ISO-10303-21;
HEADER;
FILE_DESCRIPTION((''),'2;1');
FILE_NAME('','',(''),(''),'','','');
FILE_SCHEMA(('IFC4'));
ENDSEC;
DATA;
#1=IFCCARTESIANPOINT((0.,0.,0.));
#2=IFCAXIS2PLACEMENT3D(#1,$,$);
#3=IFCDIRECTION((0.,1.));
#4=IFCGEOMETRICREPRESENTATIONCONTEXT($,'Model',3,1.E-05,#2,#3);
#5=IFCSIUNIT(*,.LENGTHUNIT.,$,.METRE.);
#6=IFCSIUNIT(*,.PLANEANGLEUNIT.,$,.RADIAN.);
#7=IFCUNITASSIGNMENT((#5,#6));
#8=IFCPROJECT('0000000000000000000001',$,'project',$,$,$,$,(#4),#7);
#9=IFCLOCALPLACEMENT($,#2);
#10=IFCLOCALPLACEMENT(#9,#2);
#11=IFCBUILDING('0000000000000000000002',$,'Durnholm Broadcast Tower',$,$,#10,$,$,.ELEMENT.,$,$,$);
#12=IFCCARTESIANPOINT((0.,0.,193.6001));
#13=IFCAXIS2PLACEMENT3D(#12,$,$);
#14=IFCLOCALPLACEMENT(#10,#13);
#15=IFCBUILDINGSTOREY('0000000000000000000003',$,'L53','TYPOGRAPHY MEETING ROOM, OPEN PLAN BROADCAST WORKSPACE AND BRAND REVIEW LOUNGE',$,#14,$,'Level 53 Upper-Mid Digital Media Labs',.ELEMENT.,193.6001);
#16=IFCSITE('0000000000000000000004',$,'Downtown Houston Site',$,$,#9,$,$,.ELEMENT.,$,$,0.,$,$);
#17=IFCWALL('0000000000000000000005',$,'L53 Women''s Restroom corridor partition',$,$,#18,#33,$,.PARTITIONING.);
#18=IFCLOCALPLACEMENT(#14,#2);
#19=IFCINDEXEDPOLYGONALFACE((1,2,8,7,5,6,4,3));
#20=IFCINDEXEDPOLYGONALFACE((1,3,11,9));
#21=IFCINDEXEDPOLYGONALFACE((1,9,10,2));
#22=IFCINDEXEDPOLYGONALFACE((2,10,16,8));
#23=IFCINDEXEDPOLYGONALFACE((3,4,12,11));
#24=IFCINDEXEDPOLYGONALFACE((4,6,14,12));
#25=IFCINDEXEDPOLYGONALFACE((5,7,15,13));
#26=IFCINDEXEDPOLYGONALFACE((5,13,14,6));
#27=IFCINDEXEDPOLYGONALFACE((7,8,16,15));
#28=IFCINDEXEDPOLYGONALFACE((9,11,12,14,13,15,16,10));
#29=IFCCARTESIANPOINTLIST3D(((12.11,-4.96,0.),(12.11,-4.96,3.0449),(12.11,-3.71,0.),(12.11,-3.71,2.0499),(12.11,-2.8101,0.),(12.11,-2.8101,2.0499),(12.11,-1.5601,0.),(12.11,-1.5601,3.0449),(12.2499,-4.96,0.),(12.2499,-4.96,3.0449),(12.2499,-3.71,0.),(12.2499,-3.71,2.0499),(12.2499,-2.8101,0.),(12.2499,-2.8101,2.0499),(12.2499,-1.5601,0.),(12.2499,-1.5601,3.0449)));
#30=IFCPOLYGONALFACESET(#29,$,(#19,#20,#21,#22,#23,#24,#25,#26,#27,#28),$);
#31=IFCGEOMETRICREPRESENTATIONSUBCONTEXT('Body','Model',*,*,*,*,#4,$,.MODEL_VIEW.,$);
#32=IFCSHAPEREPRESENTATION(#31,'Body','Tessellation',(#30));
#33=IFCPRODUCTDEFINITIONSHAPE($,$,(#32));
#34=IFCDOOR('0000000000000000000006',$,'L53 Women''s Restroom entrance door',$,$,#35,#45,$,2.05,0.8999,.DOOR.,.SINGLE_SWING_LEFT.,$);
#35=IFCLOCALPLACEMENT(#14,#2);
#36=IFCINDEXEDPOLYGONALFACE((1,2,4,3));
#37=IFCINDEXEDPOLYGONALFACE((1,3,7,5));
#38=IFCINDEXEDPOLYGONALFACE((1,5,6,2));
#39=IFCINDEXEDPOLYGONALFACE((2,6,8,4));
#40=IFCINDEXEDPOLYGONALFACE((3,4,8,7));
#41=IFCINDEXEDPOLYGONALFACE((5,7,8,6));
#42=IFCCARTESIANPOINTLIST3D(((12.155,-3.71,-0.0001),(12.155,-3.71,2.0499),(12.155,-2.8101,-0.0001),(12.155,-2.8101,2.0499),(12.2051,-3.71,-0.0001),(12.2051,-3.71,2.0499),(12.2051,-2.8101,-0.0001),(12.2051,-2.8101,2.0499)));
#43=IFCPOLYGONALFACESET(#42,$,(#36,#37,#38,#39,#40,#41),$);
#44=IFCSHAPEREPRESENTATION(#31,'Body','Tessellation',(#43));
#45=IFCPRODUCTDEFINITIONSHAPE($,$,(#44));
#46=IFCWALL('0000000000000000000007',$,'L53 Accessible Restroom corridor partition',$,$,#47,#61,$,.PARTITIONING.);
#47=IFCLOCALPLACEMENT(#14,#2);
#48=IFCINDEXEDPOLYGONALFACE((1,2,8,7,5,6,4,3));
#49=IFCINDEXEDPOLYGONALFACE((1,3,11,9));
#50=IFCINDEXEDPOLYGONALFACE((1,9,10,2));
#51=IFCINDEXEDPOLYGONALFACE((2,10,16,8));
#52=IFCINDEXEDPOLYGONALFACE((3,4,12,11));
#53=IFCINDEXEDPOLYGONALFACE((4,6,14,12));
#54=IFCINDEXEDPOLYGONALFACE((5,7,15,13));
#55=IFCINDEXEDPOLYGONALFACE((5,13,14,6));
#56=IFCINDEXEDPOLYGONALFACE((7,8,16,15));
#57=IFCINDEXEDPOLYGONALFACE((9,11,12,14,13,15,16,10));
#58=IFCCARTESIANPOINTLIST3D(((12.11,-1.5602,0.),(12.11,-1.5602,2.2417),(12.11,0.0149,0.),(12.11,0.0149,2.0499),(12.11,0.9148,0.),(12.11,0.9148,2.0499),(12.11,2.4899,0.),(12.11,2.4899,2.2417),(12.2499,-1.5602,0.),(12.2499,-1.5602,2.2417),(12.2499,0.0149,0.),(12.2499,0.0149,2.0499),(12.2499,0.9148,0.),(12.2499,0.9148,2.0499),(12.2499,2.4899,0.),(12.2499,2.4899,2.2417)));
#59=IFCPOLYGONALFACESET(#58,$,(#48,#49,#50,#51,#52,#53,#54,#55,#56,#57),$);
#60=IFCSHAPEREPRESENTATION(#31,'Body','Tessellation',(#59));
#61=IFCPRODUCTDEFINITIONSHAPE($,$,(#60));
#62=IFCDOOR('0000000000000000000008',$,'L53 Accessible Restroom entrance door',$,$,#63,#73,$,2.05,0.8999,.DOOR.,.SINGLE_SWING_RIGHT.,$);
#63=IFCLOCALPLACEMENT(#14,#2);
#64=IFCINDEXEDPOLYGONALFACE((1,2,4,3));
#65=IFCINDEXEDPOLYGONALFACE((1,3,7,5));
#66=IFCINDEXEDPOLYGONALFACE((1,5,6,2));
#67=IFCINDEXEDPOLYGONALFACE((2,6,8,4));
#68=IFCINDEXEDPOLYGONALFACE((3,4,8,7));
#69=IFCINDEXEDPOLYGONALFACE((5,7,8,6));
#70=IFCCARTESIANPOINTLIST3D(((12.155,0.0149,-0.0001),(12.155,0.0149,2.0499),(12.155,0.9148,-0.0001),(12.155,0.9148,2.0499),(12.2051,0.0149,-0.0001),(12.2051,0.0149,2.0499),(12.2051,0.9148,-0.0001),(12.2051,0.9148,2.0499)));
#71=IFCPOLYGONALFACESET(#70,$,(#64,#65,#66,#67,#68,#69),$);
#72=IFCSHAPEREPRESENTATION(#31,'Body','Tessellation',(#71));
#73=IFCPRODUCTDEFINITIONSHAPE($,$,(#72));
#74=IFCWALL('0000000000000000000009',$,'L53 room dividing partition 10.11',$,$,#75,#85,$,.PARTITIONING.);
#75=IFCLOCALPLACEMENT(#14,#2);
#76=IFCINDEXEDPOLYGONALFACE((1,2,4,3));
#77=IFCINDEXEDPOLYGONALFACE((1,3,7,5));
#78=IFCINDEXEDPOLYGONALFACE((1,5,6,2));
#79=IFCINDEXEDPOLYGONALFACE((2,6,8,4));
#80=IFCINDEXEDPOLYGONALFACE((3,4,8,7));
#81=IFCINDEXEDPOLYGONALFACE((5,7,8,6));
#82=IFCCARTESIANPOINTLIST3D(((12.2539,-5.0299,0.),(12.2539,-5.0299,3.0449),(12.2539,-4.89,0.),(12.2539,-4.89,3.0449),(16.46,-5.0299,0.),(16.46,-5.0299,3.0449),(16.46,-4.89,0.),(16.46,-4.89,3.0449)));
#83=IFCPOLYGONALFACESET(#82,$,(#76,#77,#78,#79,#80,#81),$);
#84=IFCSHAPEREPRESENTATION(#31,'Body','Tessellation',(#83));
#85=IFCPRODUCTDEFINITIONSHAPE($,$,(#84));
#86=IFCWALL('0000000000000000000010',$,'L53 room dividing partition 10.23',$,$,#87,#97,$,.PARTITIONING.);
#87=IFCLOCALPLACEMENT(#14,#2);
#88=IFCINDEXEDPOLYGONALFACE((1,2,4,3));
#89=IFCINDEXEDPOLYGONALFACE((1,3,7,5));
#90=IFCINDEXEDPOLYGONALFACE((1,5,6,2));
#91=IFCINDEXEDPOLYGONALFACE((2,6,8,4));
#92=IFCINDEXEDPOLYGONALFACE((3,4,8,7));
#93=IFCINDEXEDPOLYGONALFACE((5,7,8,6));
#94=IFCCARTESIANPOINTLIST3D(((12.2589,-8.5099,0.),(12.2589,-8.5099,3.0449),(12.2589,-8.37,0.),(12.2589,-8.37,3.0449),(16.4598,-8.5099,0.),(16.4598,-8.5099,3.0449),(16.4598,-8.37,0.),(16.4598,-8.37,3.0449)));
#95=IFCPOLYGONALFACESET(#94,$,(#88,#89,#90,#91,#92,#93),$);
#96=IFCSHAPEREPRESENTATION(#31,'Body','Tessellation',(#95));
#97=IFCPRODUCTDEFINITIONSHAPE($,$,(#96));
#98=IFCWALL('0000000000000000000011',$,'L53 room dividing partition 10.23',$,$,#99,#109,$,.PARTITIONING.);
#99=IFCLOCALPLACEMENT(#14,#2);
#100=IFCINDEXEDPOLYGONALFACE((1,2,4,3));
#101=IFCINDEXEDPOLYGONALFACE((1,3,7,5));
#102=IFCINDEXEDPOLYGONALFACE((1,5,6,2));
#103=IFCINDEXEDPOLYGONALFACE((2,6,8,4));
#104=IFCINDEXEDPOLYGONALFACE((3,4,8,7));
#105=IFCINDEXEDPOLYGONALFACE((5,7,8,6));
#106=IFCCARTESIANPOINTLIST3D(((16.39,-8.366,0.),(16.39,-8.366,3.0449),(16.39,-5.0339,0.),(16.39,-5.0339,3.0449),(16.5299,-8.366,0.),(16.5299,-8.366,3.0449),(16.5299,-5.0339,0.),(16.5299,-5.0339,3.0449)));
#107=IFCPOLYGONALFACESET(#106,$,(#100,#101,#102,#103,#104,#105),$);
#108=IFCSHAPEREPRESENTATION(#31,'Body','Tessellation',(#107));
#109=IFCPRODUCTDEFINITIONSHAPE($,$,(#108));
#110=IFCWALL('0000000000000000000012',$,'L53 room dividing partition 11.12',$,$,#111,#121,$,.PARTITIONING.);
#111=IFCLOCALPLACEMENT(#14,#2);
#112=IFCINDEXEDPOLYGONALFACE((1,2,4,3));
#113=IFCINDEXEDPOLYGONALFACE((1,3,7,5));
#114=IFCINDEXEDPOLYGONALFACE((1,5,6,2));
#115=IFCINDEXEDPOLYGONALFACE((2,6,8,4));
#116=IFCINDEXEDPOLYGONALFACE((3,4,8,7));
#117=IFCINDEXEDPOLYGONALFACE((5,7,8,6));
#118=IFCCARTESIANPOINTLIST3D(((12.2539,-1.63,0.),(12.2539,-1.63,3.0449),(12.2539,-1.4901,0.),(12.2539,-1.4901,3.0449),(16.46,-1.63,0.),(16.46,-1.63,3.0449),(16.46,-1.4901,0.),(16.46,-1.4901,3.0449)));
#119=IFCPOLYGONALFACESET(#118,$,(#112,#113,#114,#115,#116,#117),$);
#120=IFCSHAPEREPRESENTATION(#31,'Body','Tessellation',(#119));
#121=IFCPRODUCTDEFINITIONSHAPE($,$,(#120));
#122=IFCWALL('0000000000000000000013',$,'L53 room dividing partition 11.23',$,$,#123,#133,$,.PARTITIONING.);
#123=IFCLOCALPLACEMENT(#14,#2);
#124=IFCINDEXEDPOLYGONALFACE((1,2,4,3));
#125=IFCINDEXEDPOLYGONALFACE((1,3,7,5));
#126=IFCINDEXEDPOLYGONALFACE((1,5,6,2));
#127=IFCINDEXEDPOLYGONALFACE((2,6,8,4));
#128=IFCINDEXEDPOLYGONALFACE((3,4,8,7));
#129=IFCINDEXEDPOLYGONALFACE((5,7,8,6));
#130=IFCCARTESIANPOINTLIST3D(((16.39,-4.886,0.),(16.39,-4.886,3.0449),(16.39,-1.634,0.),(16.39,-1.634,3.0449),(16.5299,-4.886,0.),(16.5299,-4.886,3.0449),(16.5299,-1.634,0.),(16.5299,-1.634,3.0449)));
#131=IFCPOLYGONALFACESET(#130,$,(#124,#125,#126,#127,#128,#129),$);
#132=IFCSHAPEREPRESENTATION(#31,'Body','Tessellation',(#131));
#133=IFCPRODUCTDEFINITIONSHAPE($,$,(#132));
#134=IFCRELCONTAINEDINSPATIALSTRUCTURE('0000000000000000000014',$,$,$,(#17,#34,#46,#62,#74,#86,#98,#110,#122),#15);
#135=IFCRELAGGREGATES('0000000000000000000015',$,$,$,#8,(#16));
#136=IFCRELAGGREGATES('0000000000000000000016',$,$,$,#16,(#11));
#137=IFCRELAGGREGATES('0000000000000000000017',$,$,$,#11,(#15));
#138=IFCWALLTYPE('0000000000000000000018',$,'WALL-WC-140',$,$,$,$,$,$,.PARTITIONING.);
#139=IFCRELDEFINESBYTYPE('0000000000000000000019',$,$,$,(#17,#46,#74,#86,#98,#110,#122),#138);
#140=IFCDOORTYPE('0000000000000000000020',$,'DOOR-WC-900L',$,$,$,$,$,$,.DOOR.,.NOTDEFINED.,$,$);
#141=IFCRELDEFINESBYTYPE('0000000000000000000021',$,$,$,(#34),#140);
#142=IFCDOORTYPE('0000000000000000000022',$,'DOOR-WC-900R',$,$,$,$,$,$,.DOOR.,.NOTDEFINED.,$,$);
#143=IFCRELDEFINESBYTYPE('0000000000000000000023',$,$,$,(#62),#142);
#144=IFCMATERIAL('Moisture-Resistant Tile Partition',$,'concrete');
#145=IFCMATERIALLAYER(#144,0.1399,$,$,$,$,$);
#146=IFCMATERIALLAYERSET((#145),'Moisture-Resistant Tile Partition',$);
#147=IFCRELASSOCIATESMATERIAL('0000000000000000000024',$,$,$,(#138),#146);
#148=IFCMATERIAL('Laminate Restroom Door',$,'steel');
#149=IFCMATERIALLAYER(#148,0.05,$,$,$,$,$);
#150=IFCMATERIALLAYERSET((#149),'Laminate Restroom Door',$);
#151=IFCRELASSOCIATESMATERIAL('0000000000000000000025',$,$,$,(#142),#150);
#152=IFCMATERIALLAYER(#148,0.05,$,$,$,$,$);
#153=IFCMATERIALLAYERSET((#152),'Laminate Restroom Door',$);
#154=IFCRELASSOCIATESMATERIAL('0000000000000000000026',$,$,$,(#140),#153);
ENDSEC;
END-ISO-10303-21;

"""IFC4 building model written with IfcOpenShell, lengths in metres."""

from ifc_helpers import new_model, si_unit, direction, frame, frame_2d, origin, place, context, subcontext, project, spatial, rectangle, extrude, source, transform, mapped, material, layer, layer_set, type_object, type_shapes, element, fill, save


model = new_model("IFC4")

# Units and contexts
model_context = context("Model", 3, precision=1e-05, world=origin(), true_north=direction((0.0, 1.0)))
body_context = subcontext(model_context, "Body", "Model", "MODEL_VIEW")
ifc_project = project(units=[si_unit("LENGTHUNIT", "METRE"), si_unit("PLANEANGLEUNIT", "RADIAN")], contexts=[model_context])

# Site, building, storey
site_placement = place(None, origin())
site = spatial("IfcSite", under=ifc_project, at=site_placement, Name="Downtown Houston Site", CompositionType="ELEMENT", RefElevation=0.0)
building_placement = place(site_placement, origin())
building = spatial("IfcBuilding", under=site, at=building_placement, Name="Durnholm Broadcast Tower", CompositionType="ELEMENT")
storey_placement = place(building_placement, frame((0.0, 0.0, 193.6001)))
storey = spatial("IfcBuildingStorey", under=building, at=storey_placement, Name="L53", Description="TYPOGRAPHY MEETING ROOM, OPEN PLAN BROADCAST WORKSPACE AND BRAND REVIEW LOUNGE", LongName="Level 53 Upper-Mid Digital Media Labs", CompositionType="ELEMENT", Elevation=193.6001)

# Walls, openings, doors
ifc_material_1 = material(Name="Moisture-Resistant Tile Partition", Category="concrete")
ifc_layer_1 = layer(ifc_material_1, 0.1399)
ifc_layer_set_1 = layer_set([ifc_layer_1], Name="Moisture-Resistant Tile Partition")
wall_type = type_object("IfcWallType", Name="WALL-WC-140", PredefinedType="PARTITIONING", material=ifc_layer_set_1)
ifc_material_2 = material(Name="Laminate Restroom Door", Category="steel")
ifc_layer_2 = layer(ifc_material_2, 0.05)
ifc_layer_set_2 = layer_set([ifc_layer_2], Name="Laminate Restroom Door")
door_type_1 = type_object("IfcDoorType", Name="DOOR-WC-900R", OperationType="NOTDEFINED", PredefinedType="DOOR", material=ifc_layer_set_2)
shared_shape_1 = source(origin(), body_context, "Body", "SweptSolid", [
    extrude(rectangle(XDim=0.8999, YDim=2.05, at=frame_2d((0.45, 1.0249))), frame((0.0, 0.0249, 0.0), z_axis=(0.0, -1.0, 0.0), x_axis=(1.0, 0.0, 0.0)), (0.0, 0.0, 1.0), 0.05),
])
type_shapes(door_type_1, [shared_shape_1])
wall_1_placement = place(storey_placement, frame((12.1799, -4.96, 0.0), z_axis=(0.0, 0.0, 1.0), x_axis=(0.0, 1.0, 0.0)))
wall_1 = element("IfcWall", 1, at=wall_1_placement, inside=storey, type_object=wall_type, Name="L53 Women's Restroom corridor partition", PredefinedType="PARTITIONING", context=body_context, shape_type="SweptSolid", body=[
    extrude(rectangle(XDim=3.3999, YDim=0.1399, at=frame_2d((1.7, 0.0))), origin(), (0.0, 0.0, 1.0), 3.0449),
])
opening_1_placement = place(wall_1_placement, frame((1.25, 0.0, 0.0)))
opening_1 = element("IfcOpeningElement", 2, at=opening_1_placement, cuts=wall_1, PredefinedType="OPENING", context=body_context, shape_type="SweptSolid", body=[
    extrude(rectangle(XDim=0.8999, YDim=2.05, at=frame_2d((0.45, 1.0249))), frame((0.0, 0.0801, 0.0), z_axis=(0.0, -1.0, 0.0), x_axis=(1.0, 0.0, 0.0)), (0.0, 0.0, 1.0), 0.1599),
])
ifc_layer_3 = layer(ifc_material_2, 0.05)
ifc_layer_set_3 = layer_set([ifc_layer_3], Name="Laminate Restroom Door")
door_type_2 = type_object("IfcDoorType", Name="DOOR-WC-900L", OperationType="NOTDEFINED", PredefinedType="DOOR", material=ifc_layer_set_3)
shared_shape_2 = source(origin(), body_context, "Body", "SweptSolid", [
    extrude(rectangle(XDim=0.8999, YDim=2.05, at=frame_2d((0.45, 1.0249))), frame((0.0, 0.0249, 0.0), z_axis=(0.0, -1.0, 0.0), x_axis=(1.0, 0.0, 0.0)), (0.0, 0.0, 1.0), 0.05),
])
type_shapes(door_type_2, [shared_shape_2])
door_1_placement = place(opening_1_placement, origin())
door_1 = element("IfcDoor", 3, at=door_1_placement, inside=storey, type_object=door_type_2, Name="L53 Women's Restroom entrance door", OperationType="SINGLE_SWING_LEFT", OverallHeight=2.05, OverallWidth=0.8999, PredefinedType="DOOR", context=body_context, shape_type="MappedRepresentation", body=[
    mapped(shared_shape_2, transform((0.0, 0.0, 0.0), x_axis=(1.0, 0.0, 0.0), y_axis=(0.0, 1.0, 0.0), z_axis=(0.0, 0.0, 1.0), scale=1.0)),
])
fill(opening_1, door_1)
wall_2_placement = place(storey_placement, frame((12.1799, -1.5601, 0.0), z_axis=(0.0, 0.0, 1.0), x_axis=(0.0, 1.0, 0.0)))
wall_2 = element("IfcWall", 4, at=wall_2_placement, inside=storey, type_object=wall_type, Name="L53 Accessible Restroom corridor partition", PredefinedType="PARTITIONING", context=body_context, shape_type="SweptSolid", body=[
    extrude(rectangle(XDim=4.05, YDim=0.1399, at=frame_2d((2.0249, 0.0))), origin(), (0.0, 0.0, 1.0), 2.2417),
])
opening_2_placement = place(wall_2_placement, frame((1.575, 0.0, 0.0)))
opening_2 = element("IfcOpeningElement", 5, at=opening_2_placement, cuts=wall_2, PredefinedType="OPENING", context=body_context, shape_type="SweptSolid", body=[
    extrude(rectangle(XDim=0.8999, YDim=2.05, at=frame_2d((0.45, 1.0249))), frame((0.0, 0.0801, 0.0), z_axis=(0.0, -1.0, 0.0), x_axis=(1.0, 0.0, 0.0)), (0.0, 0.0, 1.0), 0.1599),
])
door_2_placement = place(opening_2_placement, origin())
door_2 = element("IfcDoor", 6, at=door_2_placement, inside=storey, type_object=door_type_1, Name="L53 Accessible Restroom entrance door", OperationType="SINGLE_SWING_RIGHT", OverallHeight=2.05, OverallWidth=0.8999, PredefinedType="DOOR", context=body_context, shape_type="MappedRepresentation", body=[
    mapped(shared_shape_1, transform((0.0, 0.0, 0.0), x_axis=(1.0, 0.0, 0.0), y_axis=(0.0, 1.0, 0.0), z_axis=(0.0, 0.0, 1.0), scale=1.0)),
])
fill(opening_2, door_2)

# Walls
wall_3_placement = place(storey_placement, frame((12.2539, -4.96, 0.0), z_axis=(0.0, 0.0, 1.0), x_axis=(1.0, 0.0, 0.0)))
element("IfcWall", 7, at=wall_3_placement, inside=storey, type_object=wall_type, Name="L53 room dividing partition 10.11", PredefinedType="PARTITIONING", context=body_context, shape_type="SweptSolid", body=[
    extrude(rectangle(XDim=4.2061, YDim=0.1399, at=frame_2d((2.103, 0.0))), origin(), (0.0, 0.0, 1.0), 3.0449),
])
wall_4_placement = place(storey_placement, frame((16.46, -8.4399, 0.0), z_axis=(0.0, 0.0, 1.0), x_axis=(-1.0, 0.0, 0.0)))
element("IfcWall", 8, at=wall_4_placement, inside=storey, type_object=wall_type, Name="L53 room dividing partition 10.23", PredefinedType="PARTITIONING", context=body_context, shape_type="SweptSolid", body=[
    extrude(rectangle(XDim=4.2009, YDim=0.1399, at=frame_2d((2.1006, 0.0))), origin(), (0.0, 0.0, 1.0), 3.0449),
])
wall_5_placement = place(storey_placement, frame((16.46, -5.0339, 0.0), z_axis=(0.0, 0.0, 1.0), x_axis=(0.0, -1.0, 0.0)))
element("IfcWall", 9, at=wall_5_placement, inside=storey, type_object=wall_type, Name="L53 room dividing partition 10.23", PredefinedType="PARTITIONING", context=body_context, shape_type="SweptSolid", body=[
    extrude(rectangle(XDim=3.332, YDim=0.1399, at=frame_2d((1.666, 0.0))), origin(), (0.0, 0.0, 1.0), 3.0449),
])
wall_6_placement = place(storey_placement, frame((12.2539, -1.5601, 0.0), z_axis=(0.0, 0.0, 1.0), x_axis=(1.0, 0.0, 0.0)))
element("IfcWall", 10, at=wall_6_placement, inside=storey, type_object=wall_type, Name="L53 room dividing partition 11.12", PredefinedType="PARTITIONING", context=body_context, shape_type="SweptSolid", body=[
    extrude(rectangle(XDim=4.2061, YDim=0.1399, at=frame_2d((2.103, 0.0))), origin(), (0.0, 0.0, 1.0), 3.0449),
])
wall_7_placement = place(storey_placement, frame((16.46, -1.634, 0.0), z_axis=(0.0, 0.0, 1.0), x_axis=(0.0, -1.0, 0.0)))
element("IfcWall", 11, at=wall_7_placement, inside=storey, type_object=wall_type, Name="L53 room dividing partition 11.23", PredefinedType="PARTITIONING", context=body_context, shape_type="SweptSolid", body=[
    extrude(rectangle(XDim=3.252, YDim=0.1399, at=frame_2d((1.626, 0.0))), origin(), (0.0, 0.0, 1.0), 3.0449),
])

save(model, "model.ifc")
